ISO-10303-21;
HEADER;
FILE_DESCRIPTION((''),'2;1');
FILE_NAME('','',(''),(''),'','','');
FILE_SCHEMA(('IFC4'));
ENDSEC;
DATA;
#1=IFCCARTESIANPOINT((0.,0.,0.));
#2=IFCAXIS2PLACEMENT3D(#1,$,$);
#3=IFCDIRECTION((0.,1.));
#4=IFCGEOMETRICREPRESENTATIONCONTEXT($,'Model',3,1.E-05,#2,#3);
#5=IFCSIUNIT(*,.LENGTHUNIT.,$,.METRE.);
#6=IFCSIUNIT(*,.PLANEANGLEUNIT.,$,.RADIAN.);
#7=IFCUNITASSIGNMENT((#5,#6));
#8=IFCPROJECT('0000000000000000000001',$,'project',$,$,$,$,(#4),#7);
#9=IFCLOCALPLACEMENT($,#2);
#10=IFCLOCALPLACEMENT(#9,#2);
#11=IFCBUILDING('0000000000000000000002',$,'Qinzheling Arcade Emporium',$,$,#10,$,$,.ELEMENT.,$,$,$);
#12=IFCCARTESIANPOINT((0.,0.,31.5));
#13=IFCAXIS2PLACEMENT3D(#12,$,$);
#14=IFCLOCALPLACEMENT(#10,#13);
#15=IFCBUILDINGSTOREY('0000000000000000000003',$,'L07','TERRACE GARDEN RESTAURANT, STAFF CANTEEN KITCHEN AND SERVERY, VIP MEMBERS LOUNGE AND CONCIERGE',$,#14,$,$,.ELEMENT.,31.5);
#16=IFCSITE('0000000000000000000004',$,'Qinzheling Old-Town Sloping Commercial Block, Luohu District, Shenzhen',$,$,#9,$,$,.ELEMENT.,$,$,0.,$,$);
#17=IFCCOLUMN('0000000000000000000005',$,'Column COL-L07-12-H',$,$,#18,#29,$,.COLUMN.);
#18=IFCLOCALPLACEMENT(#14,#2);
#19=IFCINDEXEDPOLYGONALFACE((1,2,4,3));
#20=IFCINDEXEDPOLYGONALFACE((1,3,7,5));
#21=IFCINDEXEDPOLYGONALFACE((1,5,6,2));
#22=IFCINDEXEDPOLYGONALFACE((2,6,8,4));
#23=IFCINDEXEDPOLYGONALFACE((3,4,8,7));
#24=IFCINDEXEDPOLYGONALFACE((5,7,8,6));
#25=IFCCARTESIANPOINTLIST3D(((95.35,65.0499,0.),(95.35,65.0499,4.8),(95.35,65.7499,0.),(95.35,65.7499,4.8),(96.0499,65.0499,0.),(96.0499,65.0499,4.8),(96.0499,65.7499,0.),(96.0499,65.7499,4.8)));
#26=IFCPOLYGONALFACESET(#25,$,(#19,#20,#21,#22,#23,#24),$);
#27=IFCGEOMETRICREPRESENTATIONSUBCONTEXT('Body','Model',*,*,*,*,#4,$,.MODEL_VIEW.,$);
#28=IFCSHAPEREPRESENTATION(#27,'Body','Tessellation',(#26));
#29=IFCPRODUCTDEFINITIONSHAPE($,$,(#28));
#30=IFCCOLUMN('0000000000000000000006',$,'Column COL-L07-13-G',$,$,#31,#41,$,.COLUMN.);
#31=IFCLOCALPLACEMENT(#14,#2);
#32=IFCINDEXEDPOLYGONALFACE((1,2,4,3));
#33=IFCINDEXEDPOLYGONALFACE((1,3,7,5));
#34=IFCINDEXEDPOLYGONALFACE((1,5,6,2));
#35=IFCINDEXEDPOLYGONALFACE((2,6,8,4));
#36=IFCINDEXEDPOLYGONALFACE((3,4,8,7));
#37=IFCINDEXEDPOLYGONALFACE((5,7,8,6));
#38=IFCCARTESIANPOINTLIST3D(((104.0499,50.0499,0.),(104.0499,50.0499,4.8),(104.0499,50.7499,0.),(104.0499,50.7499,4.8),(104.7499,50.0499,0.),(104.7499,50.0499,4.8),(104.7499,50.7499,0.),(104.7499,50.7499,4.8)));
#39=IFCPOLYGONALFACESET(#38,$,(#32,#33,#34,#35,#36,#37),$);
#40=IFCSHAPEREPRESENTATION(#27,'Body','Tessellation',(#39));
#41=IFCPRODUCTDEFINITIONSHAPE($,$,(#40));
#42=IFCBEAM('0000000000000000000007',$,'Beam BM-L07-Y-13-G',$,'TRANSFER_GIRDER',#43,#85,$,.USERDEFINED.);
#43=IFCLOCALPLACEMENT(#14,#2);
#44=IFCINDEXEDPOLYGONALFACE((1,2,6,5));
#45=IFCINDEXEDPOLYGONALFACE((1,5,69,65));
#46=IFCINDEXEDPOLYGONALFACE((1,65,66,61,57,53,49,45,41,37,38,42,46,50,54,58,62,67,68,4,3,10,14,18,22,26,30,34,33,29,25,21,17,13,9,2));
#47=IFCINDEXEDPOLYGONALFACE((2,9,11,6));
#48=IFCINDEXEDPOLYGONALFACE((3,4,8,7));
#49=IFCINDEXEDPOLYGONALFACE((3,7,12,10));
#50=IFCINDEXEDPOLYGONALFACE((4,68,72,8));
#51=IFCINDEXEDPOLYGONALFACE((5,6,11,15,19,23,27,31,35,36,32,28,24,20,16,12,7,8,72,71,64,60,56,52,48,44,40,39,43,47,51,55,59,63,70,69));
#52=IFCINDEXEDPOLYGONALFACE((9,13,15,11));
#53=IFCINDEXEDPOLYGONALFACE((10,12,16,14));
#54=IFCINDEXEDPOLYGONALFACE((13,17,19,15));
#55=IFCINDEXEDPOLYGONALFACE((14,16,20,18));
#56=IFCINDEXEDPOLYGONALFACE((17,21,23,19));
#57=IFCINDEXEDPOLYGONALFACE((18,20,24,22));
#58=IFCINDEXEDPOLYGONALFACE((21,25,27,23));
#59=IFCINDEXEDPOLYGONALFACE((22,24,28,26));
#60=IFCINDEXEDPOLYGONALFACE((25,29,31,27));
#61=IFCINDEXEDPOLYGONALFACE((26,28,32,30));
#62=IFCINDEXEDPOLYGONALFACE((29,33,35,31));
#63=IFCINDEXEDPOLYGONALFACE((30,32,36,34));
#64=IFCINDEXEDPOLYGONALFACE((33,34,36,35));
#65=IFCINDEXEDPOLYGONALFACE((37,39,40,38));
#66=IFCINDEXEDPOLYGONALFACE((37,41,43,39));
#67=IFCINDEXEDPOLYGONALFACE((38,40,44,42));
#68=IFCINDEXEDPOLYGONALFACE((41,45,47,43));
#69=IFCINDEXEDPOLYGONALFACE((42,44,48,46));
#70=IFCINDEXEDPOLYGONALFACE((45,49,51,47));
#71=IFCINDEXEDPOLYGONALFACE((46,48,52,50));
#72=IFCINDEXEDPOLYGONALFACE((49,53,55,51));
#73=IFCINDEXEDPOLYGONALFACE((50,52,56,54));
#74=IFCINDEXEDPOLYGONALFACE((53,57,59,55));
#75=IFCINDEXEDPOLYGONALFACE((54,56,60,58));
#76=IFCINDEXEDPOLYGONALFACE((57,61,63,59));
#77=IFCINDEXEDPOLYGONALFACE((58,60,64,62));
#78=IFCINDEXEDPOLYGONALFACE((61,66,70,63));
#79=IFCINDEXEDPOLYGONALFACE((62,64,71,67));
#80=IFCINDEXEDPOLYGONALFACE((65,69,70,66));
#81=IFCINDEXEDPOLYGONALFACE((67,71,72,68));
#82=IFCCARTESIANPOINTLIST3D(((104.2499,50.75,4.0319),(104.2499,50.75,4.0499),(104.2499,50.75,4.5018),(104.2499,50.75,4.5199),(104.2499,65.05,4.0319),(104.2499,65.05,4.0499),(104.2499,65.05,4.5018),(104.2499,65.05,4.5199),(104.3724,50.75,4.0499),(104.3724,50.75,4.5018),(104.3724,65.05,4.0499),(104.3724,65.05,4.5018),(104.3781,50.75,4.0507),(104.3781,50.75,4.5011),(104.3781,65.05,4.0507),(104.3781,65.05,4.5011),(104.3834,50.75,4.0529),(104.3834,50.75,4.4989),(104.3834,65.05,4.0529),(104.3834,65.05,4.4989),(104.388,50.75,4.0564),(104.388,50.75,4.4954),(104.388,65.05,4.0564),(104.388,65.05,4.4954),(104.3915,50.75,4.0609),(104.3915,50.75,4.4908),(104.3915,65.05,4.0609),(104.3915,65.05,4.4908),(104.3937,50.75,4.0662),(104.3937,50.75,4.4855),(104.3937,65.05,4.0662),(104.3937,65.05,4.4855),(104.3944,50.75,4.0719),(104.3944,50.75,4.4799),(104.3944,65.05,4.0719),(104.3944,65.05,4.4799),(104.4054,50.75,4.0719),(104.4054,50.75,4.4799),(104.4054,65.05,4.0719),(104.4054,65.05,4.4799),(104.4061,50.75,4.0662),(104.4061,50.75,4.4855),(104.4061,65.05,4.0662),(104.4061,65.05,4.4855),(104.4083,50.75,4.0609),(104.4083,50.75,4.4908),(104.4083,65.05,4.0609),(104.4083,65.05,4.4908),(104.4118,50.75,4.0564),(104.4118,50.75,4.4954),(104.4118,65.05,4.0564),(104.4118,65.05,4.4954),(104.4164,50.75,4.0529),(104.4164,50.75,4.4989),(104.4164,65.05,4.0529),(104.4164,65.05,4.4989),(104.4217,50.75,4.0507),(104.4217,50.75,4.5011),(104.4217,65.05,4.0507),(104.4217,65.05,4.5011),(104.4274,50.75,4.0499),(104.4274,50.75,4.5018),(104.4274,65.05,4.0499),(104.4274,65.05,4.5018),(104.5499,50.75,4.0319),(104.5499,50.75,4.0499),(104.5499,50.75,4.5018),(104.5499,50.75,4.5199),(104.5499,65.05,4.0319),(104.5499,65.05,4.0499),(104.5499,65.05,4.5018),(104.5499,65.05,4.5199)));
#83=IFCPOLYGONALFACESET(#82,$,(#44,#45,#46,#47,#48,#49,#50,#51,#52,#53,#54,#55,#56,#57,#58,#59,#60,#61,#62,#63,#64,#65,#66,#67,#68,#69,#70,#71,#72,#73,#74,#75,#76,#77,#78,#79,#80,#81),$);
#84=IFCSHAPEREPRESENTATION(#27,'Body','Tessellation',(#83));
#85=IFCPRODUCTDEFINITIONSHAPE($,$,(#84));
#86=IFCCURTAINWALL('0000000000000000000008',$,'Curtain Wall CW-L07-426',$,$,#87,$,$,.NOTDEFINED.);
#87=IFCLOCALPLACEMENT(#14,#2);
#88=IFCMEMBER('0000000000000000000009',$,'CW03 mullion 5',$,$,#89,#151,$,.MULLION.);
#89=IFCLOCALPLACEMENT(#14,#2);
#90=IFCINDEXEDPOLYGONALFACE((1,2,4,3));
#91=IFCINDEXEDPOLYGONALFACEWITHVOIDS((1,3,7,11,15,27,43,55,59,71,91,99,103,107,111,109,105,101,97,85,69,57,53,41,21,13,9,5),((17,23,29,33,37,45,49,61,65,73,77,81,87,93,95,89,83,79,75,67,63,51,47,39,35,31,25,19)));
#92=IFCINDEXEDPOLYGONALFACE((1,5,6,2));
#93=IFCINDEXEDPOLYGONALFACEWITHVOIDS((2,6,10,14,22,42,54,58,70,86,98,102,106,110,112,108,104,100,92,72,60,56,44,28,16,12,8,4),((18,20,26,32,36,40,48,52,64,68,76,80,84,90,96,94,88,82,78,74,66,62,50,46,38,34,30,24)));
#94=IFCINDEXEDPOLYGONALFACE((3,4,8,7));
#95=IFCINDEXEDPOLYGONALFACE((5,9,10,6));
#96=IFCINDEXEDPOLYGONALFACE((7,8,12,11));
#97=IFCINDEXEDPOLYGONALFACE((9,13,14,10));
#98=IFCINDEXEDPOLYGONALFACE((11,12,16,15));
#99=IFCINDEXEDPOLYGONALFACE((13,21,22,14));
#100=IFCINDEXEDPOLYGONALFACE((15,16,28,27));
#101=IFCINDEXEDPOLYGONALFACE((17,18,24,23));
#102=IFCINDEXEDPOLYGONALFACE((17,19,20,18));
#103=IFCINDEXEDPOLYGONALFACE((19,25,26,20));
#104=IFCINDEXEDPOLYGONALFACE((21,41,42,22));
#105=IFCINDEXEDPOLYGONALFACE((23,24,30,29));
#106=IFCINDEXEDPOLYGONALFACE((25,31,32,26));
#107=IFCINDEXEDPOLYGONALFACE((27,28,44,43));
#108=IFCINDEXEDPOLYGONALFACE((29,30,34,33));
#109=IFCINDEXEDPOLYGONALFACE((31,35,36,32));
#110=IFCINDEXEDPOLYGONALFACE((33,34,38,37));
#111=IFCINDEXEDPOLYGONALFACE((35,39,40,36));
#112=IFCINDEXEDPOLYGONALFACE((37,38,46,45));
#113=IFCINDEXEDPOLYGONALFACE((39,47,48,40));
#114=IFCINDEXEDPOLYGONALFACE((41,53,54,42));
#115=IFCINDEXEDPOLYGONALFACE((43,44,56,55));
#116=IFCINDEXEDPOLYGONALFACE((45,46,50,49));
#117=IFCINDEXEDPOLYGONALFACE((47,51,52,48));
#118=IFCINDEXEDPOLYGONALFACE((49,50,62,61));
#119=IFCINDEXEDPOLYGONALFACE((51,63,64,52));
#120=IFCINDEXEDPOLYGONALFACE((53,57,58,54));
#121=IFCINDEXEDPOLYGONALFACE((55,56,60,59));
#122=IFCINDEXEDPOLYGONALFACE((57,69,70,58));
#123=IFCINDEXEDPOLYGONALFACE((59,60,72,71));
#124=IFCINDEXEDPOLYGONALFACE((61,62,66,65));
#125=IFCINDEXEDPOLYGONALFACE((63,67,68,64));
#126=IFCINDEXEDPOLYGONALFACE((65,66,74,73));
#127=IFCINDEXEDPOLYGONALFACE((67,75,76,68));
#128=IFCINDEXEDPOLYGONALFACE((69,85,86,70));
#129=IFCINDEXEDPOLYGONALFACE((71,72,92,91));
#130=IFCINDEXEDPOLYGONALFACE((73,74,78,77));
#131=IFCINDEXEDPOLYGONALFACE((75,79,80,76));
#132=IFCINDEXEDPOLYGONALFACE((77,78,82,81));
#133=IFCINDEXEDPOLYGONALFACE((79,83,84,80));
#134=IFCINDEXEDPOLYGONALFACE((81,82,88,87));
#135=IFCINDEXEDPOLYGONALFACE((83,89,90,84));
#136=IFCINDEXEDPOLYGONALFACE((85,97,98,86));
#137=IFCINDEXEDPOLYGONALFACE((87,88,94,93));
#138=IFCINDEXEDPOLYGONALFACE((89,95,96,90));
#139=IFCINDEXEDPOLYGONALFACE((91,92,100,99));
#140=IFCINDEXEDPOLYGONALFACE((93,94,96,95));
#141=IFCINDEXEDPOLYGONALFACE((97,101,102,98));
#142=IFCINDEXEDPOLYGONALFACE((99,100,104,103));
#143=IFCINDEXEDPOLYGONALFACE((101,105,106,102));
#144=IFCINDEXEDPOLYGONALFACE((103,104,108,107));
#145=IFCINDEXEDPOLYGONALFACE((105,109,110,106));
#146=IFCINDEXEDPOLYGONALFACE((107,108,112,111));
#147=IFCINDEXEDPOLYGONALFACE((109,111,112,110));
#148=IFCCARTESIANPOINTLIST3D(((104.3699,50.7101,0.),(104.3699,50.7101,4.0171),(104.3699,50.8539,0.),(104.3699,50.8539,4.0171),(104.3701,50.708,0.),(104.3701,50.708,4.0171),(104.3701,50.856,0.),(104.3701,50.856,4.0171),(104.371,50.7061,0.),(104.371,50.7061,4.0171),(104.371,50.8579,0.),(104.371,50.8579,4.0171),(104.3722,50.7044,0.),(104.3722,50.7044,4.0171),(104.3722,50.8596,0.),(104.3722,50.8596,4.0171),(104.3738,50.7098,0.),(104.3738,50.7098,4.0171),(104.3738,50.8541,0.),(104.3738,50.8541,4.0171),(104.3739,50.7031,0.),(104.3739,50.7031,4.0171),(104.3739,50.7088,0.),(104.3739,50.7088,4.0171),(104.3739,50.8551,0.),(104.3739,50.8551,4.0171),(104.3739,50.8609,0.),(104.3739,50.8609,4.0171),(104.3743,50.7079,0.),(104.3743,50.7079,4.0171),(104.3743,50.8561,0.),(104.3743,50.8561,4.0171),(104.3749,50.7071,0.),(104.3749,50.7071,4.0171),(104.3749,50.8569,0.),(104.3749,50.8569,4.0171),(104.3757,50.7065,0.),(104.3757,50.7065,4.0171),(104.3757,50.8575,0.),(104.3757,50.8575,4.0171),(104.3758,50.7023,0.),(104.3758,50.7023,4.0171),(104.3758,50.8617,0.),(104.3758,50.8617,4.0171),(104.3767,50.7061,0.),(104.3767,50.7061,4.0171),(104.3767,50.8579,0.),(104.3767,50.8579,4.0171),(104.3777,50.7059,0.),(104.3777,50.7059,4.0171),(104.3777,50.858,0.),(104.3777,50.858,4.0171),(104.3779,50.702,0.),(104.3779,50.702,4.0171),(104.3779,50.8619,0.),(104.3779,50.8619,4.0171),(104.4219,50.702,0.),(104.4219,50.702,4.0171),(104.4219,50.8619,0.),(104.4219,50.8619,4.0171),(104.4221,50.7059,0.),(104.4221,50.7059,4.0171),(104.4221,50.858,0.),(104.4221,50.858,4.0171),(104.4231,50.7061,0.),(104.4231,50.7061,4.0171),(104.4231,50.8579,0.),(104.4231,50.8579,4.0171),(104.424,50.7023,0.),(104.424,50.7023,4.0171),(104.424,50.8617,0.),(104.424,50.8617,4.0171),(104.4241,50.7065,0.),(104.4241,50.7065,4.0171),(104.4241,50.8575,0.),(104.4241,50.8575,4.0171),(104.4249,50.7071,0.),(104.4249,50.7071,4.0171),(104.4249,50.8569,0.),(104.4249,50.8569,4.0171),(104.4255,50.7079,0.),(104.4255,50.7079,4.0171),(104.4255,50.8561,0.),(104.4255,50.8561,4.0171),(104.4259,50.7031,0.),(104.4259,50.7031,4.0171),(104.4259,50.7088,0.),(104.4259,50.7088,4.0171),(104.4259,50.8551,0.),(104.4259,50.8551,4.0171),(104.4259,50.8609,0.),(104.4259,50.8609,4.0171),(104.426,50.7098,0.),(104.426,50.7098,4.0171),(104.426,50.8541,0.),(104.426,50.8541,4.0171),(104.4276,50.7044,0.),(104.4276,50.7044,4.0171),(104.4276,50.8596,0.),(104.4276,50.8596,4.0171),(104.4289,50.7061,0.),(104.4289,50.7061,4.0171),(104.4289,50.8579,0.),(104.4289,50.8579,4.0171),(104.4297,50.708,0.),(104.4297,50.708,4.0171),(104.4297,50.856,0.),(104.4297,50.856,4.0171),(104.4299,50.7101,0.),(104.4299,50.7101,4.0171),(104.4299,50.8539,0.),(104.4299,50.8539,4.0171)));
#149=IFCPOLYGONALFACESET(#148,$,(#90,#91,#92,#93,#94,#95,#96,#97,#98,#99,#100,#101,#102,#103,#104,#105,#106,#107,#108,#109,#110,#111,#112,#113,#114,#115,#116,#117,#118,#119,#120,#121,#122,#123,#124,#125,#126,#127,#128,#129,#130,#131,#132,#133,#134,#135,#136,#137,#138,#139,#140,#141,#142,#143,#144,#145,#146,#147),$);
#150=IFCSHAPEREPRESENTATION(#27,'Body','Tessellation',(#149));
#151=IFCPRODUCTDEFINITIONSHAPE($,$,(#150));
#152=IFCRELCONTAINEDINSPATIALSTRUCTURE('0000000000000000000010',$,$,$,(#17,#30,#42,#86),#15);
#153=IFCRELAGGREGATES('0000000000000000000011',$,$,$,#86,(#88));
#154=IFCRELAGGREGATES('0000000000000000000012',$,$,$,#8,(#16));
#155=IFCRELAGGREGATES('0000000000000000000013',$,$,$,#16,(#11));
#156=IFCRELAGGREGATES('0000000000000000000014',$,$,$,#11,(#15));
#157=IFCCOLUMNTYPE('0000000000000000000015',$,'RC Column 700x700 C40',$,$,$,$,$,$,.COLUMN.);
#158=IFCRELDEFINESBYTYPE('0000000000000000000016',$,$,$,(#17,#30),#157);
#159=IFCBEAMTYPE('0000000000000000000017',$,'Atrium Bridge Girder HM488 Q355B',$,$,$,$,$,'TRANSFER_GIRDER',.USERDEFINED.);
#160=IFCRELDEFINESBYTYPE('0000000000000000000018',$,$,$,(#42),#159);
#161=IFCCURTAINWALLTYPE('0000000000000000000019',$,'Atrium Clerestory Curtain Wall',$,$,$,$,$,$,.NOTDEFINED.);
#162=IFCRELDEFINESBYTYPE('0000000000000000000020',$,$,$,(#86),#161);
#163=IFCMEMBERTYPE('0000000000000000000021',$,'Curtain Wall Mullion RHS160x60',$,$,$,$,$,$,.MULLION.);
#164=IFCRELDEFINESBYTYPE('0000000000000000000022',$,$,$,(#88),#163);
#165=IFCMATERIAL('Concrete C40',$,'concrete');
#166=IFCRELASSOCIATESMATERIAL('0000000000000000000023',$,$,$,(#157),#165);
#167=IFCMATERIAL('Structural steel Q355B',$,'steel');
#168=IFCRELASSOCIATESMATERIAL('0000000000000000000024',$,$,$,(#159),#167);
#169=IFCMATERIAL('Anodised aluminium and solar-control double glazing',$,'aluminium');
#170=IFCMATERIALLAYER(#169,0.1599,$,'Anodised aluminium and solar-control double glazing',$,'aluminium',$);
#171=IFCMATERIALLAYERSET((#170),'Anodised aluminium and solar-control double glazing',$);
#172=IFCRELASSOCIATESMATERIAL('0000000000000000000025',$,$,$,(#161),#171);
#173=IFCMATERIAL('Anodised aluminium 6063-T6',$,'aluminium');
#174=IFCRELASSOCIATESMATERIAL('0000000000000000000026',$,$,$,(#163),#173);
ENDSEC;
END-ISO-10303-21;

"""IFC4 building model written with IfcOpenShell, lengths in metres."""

from ifc_helpers import new_model, si_unit, direction, frame, origin, origin_2d, place, context, subcontext, project, spatial, rectangle, hollow_rectangle, i_section, extrude, material, layer, layer_set, material_profile, profile_set, type_object, element, aggregate, save


model = new_model("IFC4")

# Units and contexts
model_context = context("Model", 3, precision=1e-05, world=origin(), true_north=direction((0.0, 1.0)))
body_context = subcontext(model_context, "Body", "Model", "MODEL_VIEW")
ifc_project = project(units=[si_unit("LENGTHUNIT", "METRE"), si_unit("PLANEANGLEUNIT", "RADIAN")], contexts=[model_context])

# Site, building, storey
site_placement = place(None, origin())
site = spatial("IfcSite", under=ifc_project, at=site_placement, Name="Qinzheling Old-Town Sloping Commercial Block, Luohu District, Shenzhen", CompositionType="ELEMENT", RefElevation=0.0)
building_placement = place(site_placement, origin())
building = spatial("IfcBuilding", under=site, at=building_placement, Name="Qinzheling Arcade Emporium", CompositionType="ELEMENT")
storey_placement = place(building_placement, frame((0.0, 0.0, 31.5)))
storey = spatial("IfcBuildingStorey", under=building, at=storey_placement, Name="L07", Description="TERRACE GARDEN RESTAURANT, STAFF CANTEEN KITCHEN AND SERVERY, VIP MEMBERS LOUNGE AND CONCIERGE", CompositionType="ELEMENT", Elevation=31.5)

# Columns
ifc_material_1 = material(Name="Concrete C40", Category="concrete")
ifc_material_profile_1 = material_profile(ifc_material_1, rectangle(XDim=0.7, YDim=0.7, at=origin_2d()), Name="RC 700x700", Category="concrete")
ifc_profile_set_1 = profile_set([ifc_material_profile_1], Name="Concrete C40")
column_type = type_object("IfcColumnType", Name="RC Column 700x700 C40", PredefinedType="COLUMN", material=ifc_profile_set_1)
for number, where, z_axis, x_axis, name in (
    (1, (95.7, 65.3999, 0.0), (0.0, 0.0, 1.0), (1.0, 0.0, 0.0), "Column COL-L07-12-H"),
    (2, (104.3999, 50.3999, 0.0), (0.0, 0.0, 1.0), (1.0, 0.0, 0.0), "Column COL-L07-13-G"),
):
    element("IfcColumn", number, at=place(storey_placement, frame(where, z_axis=z_axis, x_axis=x_axis)), inside=storey, type_object=column_type, Name=name, PredefinedType="COLUMN", context=body_context, shape_type="SweptSolid", body=[
        extrude(rectangle(XDim=0.7, YDim=0.7, at=origin_2d()), origin(), (0.0, 0.0, 1.0), 4.8),
    ])

# Beam
ifc_material_2 = material(Name="Structural steel Q355B", Category="steel")
ifc_material_profile_2 = material_profile(ifc_material_2, i_section(OverallWidth=0.3, OverallDepth=0.488, WebThickness=0.011, FlangeThickness=0.0181, FilletRadius=0.022, at=origin_2d()), Name="HM 488x300x11x18", Category="steel")
ifc_profile_set_2 = profile_set([ifc_material_profile_2], Name="Structural steel Q355B")
beam_type_1 = type_object("IfcBeamType", Name="Atrium Bridge Girder HM488 Q355B", ElementType="TRANSFER_GIRDER", PredefinedType="USERDEFINED", material=ifc_profile_set_2)
beam_1_placement = place(storey_placement, frame((104.3999, 50.75, 4.2759), z_axis=(0.0, 1.0, 0.0), x_axis=(-1.0, 0.0, 0.0)))
element("IfcBeam", 3, at=beam_1_placement, inside=storey, type_object=beam_type_1, Name="Beam BM-L07-Y-13-G", ObjectType="TRANSFER_GIRDER", PredefinedType="USERDEFINED", context=body_context, shape_type="SweptSolid", body=[
    extrude(i_section(OverallWidth=0.3, OverallDepth=0.488, WebThickness=0.011, FlangeThickness=0.0181, FilletRadius=0.022, at=origin_2d()), origin(), (0.0, 0.0, 1.0), 14.3),
])

# Curtain wall, member
ifc_material_3 = material(Name="Anodised aluminium and solar-control double glazing", Category="aluminium")
ifc_layer_1 = layer(ifc_material_3, 0.1599, Name="Anodised aluminium and solar-control double glazing", Category="aluminium")
ifc_layer_set_1 = layer_set([ifc_layer_1], Name="Anodised aluminium and solar-control double glazing")
curtain_wall_type = type_object("IfcCurtainWallType", Name="Atrium Clerestory Curtain Wall", PredefinedType="NOTDEFINED", material=ifc_layer_set_1)
curtain_wall_1_placement = place(storey_placement, origin())
curtain_wall_1 = element("IfcCurtainWall", 4, at=curtain_wall_1_placement, inside=storey, type_object=curtain_wall_type, Name="Curtain Wall CW-L07-426", PredefinedType="NOTDEFINED")
ifc_material_4 = material(Name="Anodised aluminium 6063-T6", Category="aluminium")
ifc_material_profile_3 = material_profile(ifc_material_4, hollow_rectangle(XDim=0.0601, YDim=0.1599, WallThickness=0.0039, InnerFilletRadius=0.0039, OuterFilletRadius=0.0081, at=origin_2d()), Name="RHS 160x60x4", Category="aluminium")
ifc_profile_set_3 = profile_set([ifc_material_profile_3], Name="Anodised aluminium 6063-T6")
member_type_1 = type_object("IfcMemberType", Name="Curtain Wall Mullion RHS160x60", PredefinedType="MULLION", material=ifc_profile_set_3)
member_1_placement = place(storey_placement, frame((104.3999, 50.782, 0.0), z_axis=(0.0, 0.0, 1.0), x_axis=(1.0, 0.0, 0.0)))
member_1 = element("IfcMember", 5, at=member_1_placement, type_object=member_type_1, Name="CW03 mullion 5", PredefinedType="MULLION", context=body_context, shape_type="SweptSolid", body=[
    extrude(hollow_rectangle(XDim=0.0601, YDim=0.1599, WallThickness=0.0039, InnerFilletRadius=0.0039, OuterFilletRadius=0.0081, at=origin_2d()), origin(), (0.0, 0.0, 1.0), 4.0171),
])

aggregate(curtain_wall_1, [member_1])

save(model, "model.ifc")
